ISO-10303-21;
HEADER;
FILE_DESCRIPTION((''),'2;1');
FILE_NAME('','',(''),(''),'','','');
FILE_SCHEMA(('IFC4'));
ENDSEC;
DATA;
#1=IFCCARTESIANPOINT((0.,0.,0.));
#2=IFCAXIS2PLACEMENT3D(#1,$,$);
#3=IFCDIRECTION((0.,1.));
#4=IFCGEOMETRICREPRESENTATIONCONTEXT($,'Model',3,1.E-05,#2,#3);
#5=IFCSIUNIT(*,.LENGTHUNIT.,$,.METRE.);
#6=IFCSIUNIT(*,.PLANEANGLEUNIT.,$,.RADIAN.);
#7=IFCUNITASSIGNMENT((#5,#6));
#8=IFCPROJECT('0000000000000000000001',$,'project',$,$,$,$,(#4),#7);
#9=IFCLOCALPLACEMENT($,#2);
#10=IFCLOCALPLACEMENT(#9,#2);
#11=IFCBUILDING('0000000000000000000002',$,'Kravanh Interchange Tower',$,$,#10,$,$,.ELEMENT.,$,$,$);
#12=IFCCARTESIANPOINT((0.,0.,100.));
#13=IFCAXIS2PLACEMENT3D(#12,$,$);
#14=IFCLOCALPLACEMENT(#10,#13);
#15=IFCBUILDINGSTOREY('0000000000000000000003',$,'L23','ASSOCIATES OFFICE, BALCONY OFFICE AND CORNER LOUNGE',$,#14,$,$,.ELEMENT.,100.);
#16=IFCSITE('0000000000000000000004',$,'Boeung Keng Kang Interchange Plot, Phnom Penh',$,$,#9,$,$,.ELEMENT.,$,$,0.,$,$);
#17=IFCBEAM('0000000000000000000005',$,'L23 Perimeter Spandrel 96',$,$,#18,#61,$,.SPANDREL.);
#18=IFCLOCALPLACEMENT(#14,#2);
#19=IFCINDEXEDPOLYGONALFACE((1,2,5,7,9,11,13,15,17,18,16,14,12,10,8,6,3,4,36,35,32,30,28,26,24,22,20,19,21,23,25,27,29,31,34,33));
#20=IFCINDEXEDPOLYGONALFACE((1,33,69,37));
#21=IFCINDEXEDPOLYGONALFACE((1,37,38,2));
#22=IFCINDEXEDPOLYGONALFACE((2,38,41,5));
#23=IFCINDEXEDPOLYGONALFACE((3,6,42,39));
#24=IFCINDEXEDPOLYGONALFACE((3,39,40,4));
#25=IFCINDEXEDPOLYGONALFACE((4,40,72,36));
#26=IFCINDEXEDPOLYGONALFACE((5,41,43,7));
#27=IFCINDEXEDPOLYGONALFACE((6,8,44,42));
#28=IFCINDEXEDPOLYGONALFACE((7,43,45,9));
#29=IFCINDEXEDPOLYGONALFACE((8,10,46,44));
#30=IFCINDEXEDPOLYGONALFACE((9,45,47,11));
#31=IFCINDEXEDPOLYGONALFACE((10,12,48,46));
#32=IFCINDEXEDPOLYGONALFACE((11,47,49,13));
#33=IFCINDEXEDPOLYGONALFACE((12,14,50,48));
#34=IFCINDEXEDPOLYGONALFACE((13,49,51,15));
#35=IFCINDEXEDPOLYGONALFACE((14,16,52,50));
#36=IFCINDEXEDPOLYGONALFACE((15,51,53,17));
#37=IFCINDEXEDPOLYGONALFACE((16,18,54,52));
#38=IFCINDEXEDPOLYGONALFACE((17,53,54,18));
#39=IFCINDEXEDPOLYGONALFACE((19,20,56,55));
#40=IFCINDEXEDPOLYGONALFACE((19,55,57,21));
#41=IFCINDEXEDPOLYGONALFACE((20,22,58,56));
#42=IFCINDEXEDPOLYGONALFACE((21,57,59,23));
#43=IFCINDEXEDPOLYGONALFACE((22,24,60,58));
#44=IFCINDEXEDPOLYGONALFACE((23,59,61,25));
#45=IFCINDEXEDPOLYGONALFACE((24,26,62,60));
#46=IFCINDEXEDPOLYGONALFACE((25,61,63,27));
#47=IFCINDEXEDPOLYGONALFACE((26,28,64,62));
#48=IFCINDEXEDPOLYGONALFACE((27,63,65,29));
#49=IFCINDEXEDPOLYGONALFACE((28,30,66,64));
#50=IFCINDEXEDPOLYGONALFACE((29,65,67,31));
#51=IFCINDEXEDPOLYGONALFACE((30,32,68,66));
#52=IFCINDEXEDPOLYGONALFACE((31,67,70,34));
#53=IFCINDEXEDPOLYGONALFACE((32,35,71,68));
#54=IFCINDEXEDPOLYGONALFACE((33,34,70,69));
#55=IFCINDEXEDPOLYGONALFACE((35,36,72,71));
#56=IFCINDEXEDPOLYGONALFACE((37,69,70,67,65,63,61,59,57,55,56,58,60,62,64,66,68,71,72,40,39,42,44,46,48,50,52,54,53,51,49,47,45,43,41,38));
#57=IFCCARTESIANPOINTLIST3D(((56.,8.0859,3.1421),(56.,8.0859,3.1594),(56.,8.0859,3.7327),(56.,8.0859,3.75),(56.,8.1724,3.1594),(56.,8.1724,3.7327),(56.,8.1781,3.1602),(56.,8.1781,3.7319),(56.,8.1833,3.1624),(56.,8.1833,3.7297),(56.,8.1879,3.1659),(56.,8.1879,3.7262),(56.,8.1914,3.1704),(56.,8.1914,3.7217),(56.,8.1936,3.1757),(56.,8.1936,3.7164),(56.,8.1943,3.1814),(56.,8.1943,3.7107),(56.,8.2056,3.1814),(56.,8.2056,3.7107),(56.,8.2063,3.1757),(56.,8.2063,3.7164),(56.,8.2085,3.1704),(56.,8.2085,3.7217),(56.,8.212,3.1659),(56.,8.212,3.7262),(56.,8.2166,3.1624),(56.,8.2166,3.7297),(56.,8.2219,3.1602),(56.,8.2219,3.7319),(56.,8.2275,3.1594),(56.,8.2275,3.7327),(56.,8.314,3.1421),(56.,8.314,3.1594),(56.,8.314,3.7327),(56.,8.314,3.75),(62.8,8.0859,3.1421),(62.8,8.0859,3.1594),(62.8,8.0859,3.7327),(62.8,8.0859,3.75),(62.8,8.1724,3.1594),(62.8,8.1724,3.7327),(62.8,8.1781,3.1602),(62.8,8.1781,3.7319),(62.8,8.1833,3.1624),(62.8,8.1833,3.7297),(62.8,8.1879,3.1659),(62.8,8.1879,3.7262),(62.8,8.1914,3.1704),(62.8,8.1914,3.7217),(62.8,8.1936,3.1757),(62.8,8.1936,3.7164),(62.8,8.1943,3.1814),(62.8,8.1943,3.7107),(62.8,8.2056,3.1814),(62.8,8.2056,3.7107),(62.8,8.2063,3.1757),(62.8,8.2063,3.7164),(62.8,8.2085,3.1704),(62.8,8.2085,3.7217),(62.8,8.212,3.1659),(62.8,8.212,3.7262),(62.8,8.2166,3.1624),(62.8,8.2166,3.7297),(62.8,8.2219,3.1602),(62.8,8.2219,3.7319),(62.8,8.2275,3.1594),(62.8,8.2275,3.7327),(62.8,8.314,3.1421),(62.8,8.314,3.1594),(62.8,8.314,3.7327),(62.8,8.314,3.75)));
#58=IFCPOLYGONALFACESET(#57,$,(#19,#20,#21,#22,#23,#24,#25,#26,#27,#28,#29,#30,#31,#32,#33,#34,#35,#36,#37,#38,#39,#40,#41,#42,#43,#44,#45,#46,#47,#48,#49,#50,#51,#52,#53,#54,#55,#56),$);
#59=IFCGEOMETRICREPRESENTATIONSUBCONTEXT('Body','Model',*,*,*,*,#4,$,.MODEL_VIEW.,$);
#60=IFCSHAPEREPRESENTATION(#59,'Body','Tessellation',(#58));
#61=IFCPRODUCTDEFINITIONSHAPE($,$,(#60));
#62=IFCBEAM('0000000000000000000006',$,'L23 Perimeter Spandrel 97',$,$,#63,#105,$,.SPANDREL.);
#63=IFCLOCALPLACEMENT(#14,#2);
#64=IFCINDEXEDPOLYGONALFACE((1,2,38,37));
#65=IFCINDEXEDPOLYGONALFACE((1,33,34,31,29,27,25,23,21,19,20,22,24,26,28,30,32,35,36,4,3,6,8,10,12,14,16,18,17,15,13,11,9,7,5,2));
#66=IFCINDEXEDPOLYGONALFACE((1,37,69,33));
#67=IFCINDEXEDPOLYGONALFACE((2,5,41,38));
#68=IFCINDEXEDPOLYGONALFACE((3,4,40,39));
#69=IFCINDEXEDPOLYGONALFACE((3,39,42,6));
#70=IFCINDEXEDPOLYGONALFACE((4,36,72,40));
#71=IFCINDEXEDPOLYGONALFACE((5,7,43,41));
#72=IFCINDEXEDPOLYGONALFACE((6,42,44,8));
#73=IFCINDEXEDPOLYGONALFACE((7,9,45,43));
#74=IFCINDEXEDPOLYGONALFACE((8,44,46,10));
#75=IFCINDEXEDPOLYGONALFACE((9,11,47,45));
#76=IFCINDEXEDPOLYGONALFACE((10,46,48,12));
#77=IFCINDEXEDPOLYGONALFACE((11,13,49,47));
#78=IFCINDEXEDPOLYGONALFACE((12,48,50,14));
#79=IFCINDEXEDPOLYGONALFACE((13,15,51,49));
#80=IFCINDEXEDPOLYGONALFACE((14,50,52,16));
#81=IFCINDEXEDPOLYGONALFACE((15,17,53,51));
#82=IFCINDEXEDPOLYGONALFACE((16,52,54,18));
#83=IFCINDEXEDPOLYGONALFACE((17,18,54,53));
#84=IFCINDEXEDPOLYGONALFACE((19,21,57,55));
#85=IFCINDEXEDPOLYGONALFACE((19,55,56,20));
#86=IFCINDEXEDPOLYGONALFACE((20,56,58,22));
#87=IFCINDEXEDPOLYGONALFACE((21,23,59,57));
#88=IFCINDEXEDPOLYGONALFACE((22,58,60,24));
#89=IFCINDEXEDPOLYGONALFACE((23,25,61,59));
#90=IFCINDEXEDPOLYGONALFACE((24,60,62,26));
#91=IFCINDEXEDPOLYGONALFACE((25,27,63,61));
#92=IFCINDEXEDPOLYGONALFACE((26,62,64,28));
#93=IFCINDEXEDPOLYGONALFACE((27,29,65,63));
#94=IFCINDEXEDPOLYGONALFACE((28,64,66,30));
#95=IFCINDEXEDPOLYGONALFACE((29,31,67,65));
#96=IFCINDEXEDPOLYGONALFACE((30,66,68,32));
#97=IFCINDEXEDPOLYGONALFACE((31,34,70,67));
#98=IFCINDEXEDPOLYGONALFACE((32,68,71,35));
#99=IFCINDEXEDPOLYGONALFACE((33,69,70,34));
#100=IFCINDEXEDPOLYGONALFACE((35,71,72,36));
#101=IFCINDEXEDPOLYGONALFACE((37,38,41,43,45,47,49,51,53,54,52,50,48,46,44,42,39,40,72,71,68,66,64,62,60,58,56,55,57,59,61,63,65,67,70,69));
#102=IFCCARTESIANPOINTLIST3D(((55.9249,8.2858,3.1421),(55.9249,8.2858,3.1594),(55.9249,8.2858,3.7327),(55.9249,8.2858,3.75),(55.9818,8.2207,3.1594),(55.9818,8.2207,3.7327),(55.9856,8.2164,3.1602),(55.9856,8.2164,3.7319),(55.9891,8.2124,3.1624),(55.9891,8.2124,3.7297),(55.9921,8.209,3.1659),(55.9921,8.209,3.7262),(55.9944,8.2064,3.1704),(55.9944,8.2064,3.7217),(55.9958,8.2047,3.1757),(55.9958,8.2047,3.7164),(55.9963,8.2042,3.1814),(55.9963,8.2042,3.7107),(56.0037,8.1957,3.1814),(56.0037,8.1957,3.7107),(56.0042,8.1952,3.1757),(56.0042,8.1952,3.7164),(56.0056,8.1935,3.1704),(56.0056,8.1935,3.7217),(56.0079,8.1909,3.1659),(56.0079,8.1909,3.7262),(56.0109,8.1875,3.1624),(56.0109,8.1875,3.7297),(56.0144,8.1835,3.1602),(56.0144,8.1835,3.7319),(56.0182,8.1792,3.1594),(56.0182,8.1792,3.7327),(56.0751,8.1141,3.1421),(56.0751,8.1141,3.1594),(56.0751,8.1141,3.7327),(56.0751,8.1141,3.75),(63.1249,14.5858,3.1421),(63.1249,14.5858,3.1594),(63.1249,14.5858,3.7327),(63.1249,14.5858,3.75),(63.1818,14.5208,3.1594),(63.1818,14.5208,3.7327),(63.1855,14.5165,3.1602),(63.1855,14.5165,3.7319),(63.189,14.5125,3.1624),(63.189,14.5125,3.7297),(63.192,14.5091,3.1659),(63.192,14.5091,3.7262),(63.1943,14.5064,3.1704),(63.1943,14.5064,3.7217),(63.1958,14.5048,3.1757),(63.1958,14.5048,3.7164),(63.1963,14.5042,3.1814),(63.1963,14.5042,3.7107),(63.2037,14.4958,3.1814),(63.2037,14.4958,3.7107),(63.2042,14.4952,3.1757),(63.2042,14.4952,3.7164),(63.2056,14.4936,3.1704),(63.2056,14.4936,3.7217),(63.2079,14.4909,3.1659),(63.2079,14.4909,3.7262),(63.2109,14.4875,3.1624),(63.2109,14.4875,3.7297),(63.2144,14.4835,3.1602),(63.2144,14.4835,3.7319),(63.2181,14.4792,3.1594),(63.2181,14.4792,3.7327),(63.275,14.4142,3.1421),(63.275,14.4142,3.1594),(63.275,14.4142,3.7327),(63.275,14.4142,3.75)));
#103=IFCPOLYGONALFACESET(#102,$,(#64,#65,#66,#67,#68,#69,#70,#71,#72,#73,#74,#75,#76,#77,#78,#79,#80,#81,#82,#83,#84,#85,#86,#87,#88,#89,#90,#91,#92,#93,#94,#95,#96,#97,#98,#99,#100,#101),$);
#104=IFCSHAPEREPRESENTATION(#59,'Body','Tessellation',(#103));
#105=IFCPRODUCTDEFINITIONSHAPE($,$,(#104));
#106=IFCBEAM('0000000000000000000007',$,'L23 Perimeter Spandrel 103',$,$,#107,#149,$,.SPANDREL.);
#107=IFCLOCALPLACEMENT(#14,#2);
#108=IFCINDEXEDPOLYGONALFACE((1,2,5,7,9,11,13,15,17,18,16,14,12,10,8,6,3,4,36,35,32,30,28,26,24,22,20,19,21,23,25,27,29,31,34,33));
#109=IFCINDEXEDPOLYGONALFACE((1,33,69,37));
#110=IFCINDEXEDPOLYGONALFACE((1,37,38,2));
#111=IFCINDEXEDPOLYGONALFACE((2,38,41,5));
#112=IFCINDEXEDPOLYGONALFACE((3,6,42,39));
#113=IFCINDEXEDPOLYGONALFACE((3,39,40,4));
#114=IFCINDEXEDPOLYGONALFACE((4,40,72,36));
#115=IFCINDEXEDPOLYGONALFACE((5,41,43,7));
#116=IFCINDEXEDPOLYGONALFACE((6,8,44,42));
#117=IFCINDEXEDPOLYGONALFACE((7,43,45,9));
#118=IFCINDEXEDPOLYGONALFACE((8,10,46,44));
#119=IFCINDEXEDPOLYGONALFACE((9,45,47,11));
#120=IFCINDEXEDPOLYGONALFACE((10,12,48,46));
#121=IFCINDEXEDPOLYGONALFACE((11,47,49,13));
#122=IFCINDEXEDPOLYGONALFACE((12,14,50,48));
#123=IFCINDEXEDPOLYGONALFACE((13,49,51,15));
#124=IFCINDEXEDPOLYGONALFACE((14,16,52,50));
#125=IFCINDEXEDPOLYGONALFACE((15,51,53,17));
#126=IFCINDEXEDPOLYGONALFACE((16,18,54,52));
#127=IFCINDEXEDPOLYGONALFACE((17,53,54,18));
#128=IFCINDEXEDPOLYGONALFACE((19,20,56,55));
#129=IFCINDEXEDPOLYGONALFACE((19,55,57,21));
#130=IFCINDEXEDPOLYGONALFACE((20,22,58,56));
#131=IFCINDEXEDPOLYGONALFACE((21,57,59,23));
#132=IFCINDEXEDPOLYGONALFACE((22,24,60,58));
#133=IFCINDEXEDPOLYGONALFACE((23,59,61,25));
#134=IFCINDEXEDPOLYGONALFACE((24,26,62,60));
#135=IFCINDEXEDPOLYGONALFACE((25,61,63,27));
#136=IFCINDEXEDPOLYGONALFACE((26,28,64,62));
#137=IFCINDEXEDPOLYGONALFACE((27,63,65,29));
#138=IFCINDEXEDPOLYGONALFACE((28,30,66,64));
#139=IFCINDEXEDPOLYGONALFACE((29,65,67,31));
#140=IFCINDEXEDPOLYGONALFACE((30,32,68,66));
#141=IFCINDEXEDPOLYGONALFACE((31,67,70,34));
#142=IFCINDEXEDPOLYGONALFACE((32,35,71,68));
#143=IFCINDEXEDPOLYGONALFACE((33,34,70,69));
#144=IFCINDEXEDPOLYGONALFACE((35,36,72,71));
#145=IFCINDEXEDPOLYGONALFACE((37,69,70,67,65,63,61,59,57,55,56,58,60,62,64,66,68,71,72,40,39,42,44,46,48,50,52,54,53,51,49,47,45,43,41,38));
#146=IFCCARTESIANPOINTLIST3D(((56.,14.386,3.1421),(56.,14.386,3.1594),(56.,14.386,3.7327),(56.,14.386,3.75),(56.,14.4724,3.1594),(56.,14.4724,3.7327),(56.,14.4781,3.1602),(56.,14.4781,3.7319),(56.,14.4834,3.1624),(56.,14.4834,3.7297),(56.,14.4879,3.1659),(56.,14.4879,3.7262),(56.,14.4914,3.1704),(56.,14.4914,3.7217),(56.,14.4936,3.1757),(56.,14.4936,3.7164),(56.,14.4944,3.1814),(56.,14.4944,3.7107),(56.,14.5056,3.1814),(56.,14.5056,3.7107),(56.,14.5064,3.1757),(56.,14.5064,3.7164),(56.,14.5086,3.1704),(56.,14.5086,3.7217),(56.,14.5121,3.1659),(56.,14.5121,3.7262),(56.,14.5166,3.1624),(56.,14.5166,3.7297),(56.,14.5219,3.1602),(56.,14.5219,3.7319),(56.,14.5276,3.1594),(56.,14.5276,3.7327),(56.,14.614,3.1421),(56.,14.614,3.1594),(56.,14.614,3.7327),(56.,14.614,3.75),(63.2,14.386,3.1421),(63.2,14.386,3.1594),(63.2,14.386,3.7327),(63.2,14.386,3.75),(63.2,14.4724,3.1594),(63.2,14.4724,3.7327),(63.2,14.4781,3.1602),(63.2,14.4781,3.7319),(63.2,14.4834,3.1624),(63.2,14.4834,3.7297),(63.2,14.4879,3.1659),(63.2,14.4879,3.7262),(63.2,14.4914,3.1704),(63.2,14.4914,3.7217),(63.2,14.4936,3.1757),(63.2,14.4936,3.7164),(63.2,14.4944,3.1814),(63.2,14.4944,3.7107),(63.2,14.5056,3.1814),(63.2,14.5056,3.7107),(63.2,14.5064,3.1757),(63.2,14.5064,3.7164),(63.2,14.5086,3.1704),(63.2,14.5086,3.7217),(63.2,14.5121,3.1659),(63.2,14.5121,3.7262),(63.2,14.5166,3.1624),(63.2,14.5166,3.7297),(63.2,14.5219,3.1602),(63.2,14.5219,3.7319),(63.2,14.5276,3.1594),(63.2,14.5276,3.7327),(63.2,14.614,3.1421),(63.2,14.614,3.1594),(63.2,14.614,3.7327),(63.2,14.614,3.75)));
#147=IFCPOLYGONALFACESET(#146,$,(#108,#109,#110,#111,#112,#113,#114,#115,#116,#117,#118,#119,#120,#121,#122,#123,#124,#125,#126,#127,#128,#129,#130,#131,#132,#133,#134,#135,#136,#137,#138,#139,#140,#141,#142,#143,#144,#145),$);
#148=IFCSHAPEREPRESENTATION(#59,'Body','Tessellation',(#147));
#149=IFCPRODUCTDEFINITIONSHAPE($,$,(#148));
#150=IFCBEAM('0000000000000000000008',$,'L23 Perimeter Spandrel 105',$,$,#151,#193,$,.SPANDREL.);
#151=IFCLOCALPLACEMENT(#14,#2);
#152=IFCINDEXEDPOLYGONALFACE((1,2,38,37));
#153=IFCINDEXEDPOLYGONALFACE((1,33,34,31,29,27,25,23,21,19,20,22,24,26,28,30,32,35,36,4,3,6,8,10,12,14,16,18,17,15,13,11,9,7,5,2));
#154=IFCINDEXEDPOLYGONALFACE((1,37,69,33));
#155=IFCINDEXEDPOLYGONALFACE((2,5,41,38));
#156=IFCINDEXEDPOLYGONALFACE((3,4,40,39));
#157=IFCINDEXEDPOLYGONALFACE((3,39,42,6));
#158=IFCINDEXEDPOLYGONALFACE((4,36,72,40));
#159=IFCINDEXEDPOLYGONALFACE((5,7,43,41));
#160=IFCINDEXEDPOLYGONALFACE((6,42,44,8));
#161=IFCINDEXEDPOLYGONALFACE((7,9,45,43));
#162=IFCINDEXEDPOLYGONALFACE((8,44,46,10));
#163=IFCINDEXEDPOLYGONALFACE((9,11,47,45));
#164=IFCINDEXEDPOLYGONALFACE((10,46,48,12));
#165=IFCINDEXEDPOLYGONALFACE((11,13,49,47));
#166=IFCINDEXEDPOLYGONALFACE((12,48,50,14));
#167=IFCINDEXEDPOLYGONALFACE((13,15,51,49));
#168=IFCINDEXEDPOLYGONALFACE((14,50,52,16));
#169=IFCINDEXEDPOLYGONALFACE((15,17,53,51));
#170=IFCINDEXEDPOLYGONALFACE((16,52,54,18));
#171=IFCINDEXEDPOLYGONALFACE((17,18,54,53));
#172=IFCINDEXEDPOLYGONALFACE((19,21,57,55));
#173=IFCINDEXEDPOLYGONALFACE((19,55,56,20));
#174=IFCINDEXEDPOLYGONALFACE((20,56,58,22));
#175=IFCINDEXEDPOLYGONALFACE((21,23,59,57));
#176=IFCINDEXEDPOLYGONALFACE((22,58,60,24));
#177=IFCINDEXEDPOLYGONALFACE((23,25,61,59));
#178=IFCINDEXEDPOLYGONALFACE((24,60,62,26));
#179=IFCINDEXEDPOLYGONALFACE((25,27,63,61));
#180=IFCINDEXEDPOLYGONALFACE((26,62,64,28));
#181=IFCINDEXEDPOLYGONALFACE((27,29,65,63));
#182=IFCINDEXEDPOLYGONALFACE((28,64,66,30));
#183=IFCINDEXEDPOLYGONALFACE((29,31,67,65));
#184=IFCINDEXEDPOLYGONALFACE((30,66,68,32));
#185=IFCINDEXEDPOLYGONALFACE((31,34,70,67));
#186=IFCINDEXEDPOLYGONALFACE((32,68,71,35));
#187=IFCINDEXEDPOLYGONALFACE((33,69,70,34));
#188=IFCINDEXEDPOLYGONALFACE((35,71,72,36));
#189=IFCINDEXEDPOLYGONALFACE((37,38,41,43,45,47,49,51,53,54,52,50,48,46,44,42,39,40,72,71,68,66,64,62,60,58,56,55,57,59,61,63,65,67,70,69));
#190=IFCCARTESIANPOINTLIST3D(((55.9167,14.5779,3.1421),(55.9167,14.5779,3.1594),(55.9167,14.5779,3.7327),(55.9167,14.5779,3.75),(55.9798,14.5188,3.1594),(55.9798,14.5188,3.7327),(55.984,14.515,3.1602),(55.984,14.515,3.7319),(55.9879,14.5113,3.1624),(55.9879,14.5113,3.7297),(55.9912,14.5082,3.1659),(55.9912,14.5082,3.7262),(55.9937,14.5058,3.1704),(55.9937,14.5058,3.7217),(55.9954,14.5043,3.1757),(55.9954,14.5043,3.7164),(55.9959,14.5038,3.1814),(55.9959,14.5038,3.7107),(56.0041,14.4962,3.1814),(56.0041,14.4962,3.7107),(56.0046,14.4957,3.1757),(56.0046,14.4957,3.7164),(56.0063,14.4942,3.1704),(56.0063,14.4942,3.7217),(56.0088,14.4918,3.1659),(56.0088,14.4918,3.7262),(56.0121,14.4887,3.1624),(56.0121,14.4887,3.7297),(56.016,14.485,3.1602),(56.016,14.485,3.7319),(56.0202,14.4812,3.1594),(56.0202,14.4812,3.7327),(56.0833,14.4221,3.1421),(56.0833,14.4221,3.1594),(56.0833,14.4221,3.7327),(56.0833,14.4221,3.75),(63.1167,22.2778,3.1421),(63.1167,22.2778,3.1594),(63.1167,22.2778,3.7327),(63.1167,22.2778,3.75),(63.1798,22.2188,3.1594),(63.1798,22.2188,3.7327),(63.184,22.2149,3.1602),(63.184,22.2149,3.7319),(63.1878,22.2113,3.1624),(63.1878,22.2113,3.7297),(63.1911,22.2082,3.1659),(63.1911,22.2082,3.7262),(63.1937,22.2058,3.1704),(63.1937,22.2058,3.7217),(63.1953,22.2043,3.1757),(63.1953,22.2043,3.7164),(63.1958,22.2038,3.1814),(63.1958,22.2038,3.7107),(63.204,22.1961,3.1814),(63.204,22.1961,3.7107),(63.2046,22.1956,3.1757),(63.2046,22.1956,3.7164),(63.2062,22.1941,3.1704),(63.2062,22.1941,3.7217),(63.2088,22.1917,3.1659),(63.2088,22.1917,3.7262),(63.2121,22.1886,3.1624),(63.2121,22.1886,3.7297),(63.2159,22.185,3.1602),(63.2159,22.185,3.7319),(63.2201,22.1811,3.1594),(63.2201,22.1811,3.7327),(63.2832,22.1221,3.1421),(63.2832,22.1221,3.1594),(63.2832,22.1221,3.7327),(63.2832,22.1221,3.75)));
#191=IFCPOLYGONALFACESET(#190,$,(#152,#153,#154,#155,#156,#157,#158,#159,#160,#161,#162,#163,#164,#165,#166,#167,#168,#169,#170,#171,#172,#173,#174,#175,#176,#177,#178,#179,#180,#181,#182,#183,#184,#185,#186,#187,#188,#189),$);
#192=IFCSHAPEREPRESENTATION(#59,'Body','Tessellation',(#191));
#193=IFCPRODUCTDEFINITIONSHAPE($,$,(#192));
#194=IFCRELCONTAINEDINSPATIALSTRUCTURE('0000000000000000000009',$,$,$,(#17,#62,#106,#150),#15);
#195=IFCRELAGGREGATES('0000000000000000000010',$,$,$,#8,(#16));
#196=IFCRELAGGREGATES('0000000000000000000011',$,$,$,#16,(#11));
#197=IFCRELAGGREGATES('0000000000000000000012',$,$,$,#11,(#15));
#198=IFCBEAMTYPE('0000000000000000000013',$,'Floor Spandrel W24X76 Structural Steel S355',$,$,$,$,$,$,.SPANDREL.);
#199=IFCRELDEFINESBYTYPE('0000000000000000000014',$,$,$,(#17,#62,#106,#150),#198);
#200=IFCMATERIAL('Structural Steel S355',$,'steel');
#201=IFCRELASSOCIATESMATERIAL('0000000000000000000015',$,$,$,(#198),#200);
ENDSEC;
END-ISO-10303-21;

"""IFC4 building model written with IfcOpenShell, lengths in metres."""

from ifc_helpers import new_model, si_unit, direction, frame, origin, origin_2d, place, context, subcontext, project, spatial, i_section, extrude, material, material_profile, profile_set, type_object, element, save


model = new_model("IFC4")

# Units and contexts
model_context = context("Model", 3, precision=1e-05, world=origin(), true_north=direction((0.0, 1.0)))
body_context = subcontext(model_context, "Body", "Model", "MODEL_VIEW")
ifc_project = project(units=[si_unit("LENGTHUNIT", "METRE"), si_unit("PLANEANGLEUNIT", "RADIAN")], contexts=[model_context])

# Site, building, storey
site_placement = place(None, origin())
site = spatial("IfcSite", under=ifc_project, at=site_placement, Name="Boeung Keng Kang Interchange Plot, Phnom Penh", CompositionType="ELEMENT", RefElevation=0.0)
building_placement = place(site_placement, origin())
building = spatial("IfcBuilding", under=site, at=building_placement, Name="Kravanh Interchange Tower", CompositionType="ELEMENT")
storey_placement = place(building_placement, frame((0.0, 0.0, 100.0)))
storey = spatial("IfcBuildingStorey", under=building, at=storey_placement, Name="L23", Description="ASSOCIATES OFFICE, BALCONY OFFICE AND CORNER LOUNGE", CompositionType="ELEMENT", Elevation=100.0)

# Beams
ifc_material_1 = material(Name="Structural Steel S355", Category="steel")
ifc_material_profile_1 = material_profile(ifc_material_1, i_section(OverallWidth=0.228, OverallDepth=0.6079, WebThickness=0.0112, FlangeThickness=0.0173, FilletRadius=0.022, at=origin_2d()), Name="W24X76")
ifc_profile_set_1 = profile_set([ifc_material_profile_1], Name="Structural Steel S355")
beam_type_1 = type_object("IfcBeamType", Name="Floor Spandrel W24X76 Structural Steel S355", PredefinedType="SPANDREL", material=ifc_profile_set_1)
beam_1_placement = place(storey_placement, frame((56.0, 8.2, 3.446), z_axis=(1.0, 0.0, 0.0), x_axis=(0.0, 1.0, 0.0)))
element("IfcBeam", 1, at=beam_1_placement, inside=storey, type_object=beam_type_1, Name="L23 Perimeter Spandrel 96", PredefinedType="SPANDREL", context=body_context, shape_type="SweptSolid", body=[
    extrude(i_section(OverallWidth=0.228, OverallDepth=0.6079, WebThickness=0.0112, FlangeThickness=0.0173, FilletRadius=0.022, at=origin_2d()), origin(), (0.0, 0.0, 1.0), 6.8),
])
beam_2_placement = place(storey_placement, frame((56.0, 8.2, 3.446), z_axis=(0.752572, 0.65851, 0.0), x_axis=(-0.65851, 0.752572, 0.0)))
element("IfcBeam", 2, at=beam_2_placement, inside=storey, type_object=beam_type_1, Name="L23 Perimeter Spandrel 97", PredefinedType="SPANDREL", context=body_context, shape_type="SweptSolid", body=[
    extrude(i_section(OverallWidth=0.228, OverallDepth=0.6079, WebThickness=0.0112, FlangeThickness=0.0173, FilletRadius=0.022, at=origin_2d()), origin(), (0.0, 0.0, 1.0), 9.5671),
])
beam_3_placement = place(storey_placement, frame((56.0, 14.5, 3.446), z_axis=(1.0, 0.0, 0.0), x_axis=(0.0, 1.0, 0.0)))
element("IfcBeam", 3, at=beam_3_placement, inside=storey, type_object=beam_type_1, Name="L23 Perimeter Spandrel 103", PredefinedType="SPANDREL", context=body_context, shape_type="SweptSolid", body=[
    extrude(i_section(OverallWidth=0.228, OverallDepth=0.6079, WebThickness=0.0112, FlangeThickness=0.0173, FilletRadius=0.022, at=origin_2d()), origin(), (0.0, 0.0, 1.0), 7.2),
])
beam_4_placement = place(storey_placement, frame((56.0, 14.5, 3.446), z_axis=(0.682994, 0.730424, 0.0), x_axis=(-0.730424, 0.682994, 0.0)))
element("IfcBeam", 4, at=beam_4_placement, inside=storey, type_object=beam_type_1, Name="L23 Perimeter Spandrel 105", PredefinedType="SPANDREL", context=body_context, shape_type="SweptSolid", body=[
    extrude(i_section(OverallWidth=0.228, OverallDepth=0.6079, WebThickness=0.0112, FlangeThickness=0.0173, FilletRadius=0.022, at=origin_2d()), origin(), (0.0, 0.0, 1.0), 10.5417),
])

save(model, "model.ifc")
